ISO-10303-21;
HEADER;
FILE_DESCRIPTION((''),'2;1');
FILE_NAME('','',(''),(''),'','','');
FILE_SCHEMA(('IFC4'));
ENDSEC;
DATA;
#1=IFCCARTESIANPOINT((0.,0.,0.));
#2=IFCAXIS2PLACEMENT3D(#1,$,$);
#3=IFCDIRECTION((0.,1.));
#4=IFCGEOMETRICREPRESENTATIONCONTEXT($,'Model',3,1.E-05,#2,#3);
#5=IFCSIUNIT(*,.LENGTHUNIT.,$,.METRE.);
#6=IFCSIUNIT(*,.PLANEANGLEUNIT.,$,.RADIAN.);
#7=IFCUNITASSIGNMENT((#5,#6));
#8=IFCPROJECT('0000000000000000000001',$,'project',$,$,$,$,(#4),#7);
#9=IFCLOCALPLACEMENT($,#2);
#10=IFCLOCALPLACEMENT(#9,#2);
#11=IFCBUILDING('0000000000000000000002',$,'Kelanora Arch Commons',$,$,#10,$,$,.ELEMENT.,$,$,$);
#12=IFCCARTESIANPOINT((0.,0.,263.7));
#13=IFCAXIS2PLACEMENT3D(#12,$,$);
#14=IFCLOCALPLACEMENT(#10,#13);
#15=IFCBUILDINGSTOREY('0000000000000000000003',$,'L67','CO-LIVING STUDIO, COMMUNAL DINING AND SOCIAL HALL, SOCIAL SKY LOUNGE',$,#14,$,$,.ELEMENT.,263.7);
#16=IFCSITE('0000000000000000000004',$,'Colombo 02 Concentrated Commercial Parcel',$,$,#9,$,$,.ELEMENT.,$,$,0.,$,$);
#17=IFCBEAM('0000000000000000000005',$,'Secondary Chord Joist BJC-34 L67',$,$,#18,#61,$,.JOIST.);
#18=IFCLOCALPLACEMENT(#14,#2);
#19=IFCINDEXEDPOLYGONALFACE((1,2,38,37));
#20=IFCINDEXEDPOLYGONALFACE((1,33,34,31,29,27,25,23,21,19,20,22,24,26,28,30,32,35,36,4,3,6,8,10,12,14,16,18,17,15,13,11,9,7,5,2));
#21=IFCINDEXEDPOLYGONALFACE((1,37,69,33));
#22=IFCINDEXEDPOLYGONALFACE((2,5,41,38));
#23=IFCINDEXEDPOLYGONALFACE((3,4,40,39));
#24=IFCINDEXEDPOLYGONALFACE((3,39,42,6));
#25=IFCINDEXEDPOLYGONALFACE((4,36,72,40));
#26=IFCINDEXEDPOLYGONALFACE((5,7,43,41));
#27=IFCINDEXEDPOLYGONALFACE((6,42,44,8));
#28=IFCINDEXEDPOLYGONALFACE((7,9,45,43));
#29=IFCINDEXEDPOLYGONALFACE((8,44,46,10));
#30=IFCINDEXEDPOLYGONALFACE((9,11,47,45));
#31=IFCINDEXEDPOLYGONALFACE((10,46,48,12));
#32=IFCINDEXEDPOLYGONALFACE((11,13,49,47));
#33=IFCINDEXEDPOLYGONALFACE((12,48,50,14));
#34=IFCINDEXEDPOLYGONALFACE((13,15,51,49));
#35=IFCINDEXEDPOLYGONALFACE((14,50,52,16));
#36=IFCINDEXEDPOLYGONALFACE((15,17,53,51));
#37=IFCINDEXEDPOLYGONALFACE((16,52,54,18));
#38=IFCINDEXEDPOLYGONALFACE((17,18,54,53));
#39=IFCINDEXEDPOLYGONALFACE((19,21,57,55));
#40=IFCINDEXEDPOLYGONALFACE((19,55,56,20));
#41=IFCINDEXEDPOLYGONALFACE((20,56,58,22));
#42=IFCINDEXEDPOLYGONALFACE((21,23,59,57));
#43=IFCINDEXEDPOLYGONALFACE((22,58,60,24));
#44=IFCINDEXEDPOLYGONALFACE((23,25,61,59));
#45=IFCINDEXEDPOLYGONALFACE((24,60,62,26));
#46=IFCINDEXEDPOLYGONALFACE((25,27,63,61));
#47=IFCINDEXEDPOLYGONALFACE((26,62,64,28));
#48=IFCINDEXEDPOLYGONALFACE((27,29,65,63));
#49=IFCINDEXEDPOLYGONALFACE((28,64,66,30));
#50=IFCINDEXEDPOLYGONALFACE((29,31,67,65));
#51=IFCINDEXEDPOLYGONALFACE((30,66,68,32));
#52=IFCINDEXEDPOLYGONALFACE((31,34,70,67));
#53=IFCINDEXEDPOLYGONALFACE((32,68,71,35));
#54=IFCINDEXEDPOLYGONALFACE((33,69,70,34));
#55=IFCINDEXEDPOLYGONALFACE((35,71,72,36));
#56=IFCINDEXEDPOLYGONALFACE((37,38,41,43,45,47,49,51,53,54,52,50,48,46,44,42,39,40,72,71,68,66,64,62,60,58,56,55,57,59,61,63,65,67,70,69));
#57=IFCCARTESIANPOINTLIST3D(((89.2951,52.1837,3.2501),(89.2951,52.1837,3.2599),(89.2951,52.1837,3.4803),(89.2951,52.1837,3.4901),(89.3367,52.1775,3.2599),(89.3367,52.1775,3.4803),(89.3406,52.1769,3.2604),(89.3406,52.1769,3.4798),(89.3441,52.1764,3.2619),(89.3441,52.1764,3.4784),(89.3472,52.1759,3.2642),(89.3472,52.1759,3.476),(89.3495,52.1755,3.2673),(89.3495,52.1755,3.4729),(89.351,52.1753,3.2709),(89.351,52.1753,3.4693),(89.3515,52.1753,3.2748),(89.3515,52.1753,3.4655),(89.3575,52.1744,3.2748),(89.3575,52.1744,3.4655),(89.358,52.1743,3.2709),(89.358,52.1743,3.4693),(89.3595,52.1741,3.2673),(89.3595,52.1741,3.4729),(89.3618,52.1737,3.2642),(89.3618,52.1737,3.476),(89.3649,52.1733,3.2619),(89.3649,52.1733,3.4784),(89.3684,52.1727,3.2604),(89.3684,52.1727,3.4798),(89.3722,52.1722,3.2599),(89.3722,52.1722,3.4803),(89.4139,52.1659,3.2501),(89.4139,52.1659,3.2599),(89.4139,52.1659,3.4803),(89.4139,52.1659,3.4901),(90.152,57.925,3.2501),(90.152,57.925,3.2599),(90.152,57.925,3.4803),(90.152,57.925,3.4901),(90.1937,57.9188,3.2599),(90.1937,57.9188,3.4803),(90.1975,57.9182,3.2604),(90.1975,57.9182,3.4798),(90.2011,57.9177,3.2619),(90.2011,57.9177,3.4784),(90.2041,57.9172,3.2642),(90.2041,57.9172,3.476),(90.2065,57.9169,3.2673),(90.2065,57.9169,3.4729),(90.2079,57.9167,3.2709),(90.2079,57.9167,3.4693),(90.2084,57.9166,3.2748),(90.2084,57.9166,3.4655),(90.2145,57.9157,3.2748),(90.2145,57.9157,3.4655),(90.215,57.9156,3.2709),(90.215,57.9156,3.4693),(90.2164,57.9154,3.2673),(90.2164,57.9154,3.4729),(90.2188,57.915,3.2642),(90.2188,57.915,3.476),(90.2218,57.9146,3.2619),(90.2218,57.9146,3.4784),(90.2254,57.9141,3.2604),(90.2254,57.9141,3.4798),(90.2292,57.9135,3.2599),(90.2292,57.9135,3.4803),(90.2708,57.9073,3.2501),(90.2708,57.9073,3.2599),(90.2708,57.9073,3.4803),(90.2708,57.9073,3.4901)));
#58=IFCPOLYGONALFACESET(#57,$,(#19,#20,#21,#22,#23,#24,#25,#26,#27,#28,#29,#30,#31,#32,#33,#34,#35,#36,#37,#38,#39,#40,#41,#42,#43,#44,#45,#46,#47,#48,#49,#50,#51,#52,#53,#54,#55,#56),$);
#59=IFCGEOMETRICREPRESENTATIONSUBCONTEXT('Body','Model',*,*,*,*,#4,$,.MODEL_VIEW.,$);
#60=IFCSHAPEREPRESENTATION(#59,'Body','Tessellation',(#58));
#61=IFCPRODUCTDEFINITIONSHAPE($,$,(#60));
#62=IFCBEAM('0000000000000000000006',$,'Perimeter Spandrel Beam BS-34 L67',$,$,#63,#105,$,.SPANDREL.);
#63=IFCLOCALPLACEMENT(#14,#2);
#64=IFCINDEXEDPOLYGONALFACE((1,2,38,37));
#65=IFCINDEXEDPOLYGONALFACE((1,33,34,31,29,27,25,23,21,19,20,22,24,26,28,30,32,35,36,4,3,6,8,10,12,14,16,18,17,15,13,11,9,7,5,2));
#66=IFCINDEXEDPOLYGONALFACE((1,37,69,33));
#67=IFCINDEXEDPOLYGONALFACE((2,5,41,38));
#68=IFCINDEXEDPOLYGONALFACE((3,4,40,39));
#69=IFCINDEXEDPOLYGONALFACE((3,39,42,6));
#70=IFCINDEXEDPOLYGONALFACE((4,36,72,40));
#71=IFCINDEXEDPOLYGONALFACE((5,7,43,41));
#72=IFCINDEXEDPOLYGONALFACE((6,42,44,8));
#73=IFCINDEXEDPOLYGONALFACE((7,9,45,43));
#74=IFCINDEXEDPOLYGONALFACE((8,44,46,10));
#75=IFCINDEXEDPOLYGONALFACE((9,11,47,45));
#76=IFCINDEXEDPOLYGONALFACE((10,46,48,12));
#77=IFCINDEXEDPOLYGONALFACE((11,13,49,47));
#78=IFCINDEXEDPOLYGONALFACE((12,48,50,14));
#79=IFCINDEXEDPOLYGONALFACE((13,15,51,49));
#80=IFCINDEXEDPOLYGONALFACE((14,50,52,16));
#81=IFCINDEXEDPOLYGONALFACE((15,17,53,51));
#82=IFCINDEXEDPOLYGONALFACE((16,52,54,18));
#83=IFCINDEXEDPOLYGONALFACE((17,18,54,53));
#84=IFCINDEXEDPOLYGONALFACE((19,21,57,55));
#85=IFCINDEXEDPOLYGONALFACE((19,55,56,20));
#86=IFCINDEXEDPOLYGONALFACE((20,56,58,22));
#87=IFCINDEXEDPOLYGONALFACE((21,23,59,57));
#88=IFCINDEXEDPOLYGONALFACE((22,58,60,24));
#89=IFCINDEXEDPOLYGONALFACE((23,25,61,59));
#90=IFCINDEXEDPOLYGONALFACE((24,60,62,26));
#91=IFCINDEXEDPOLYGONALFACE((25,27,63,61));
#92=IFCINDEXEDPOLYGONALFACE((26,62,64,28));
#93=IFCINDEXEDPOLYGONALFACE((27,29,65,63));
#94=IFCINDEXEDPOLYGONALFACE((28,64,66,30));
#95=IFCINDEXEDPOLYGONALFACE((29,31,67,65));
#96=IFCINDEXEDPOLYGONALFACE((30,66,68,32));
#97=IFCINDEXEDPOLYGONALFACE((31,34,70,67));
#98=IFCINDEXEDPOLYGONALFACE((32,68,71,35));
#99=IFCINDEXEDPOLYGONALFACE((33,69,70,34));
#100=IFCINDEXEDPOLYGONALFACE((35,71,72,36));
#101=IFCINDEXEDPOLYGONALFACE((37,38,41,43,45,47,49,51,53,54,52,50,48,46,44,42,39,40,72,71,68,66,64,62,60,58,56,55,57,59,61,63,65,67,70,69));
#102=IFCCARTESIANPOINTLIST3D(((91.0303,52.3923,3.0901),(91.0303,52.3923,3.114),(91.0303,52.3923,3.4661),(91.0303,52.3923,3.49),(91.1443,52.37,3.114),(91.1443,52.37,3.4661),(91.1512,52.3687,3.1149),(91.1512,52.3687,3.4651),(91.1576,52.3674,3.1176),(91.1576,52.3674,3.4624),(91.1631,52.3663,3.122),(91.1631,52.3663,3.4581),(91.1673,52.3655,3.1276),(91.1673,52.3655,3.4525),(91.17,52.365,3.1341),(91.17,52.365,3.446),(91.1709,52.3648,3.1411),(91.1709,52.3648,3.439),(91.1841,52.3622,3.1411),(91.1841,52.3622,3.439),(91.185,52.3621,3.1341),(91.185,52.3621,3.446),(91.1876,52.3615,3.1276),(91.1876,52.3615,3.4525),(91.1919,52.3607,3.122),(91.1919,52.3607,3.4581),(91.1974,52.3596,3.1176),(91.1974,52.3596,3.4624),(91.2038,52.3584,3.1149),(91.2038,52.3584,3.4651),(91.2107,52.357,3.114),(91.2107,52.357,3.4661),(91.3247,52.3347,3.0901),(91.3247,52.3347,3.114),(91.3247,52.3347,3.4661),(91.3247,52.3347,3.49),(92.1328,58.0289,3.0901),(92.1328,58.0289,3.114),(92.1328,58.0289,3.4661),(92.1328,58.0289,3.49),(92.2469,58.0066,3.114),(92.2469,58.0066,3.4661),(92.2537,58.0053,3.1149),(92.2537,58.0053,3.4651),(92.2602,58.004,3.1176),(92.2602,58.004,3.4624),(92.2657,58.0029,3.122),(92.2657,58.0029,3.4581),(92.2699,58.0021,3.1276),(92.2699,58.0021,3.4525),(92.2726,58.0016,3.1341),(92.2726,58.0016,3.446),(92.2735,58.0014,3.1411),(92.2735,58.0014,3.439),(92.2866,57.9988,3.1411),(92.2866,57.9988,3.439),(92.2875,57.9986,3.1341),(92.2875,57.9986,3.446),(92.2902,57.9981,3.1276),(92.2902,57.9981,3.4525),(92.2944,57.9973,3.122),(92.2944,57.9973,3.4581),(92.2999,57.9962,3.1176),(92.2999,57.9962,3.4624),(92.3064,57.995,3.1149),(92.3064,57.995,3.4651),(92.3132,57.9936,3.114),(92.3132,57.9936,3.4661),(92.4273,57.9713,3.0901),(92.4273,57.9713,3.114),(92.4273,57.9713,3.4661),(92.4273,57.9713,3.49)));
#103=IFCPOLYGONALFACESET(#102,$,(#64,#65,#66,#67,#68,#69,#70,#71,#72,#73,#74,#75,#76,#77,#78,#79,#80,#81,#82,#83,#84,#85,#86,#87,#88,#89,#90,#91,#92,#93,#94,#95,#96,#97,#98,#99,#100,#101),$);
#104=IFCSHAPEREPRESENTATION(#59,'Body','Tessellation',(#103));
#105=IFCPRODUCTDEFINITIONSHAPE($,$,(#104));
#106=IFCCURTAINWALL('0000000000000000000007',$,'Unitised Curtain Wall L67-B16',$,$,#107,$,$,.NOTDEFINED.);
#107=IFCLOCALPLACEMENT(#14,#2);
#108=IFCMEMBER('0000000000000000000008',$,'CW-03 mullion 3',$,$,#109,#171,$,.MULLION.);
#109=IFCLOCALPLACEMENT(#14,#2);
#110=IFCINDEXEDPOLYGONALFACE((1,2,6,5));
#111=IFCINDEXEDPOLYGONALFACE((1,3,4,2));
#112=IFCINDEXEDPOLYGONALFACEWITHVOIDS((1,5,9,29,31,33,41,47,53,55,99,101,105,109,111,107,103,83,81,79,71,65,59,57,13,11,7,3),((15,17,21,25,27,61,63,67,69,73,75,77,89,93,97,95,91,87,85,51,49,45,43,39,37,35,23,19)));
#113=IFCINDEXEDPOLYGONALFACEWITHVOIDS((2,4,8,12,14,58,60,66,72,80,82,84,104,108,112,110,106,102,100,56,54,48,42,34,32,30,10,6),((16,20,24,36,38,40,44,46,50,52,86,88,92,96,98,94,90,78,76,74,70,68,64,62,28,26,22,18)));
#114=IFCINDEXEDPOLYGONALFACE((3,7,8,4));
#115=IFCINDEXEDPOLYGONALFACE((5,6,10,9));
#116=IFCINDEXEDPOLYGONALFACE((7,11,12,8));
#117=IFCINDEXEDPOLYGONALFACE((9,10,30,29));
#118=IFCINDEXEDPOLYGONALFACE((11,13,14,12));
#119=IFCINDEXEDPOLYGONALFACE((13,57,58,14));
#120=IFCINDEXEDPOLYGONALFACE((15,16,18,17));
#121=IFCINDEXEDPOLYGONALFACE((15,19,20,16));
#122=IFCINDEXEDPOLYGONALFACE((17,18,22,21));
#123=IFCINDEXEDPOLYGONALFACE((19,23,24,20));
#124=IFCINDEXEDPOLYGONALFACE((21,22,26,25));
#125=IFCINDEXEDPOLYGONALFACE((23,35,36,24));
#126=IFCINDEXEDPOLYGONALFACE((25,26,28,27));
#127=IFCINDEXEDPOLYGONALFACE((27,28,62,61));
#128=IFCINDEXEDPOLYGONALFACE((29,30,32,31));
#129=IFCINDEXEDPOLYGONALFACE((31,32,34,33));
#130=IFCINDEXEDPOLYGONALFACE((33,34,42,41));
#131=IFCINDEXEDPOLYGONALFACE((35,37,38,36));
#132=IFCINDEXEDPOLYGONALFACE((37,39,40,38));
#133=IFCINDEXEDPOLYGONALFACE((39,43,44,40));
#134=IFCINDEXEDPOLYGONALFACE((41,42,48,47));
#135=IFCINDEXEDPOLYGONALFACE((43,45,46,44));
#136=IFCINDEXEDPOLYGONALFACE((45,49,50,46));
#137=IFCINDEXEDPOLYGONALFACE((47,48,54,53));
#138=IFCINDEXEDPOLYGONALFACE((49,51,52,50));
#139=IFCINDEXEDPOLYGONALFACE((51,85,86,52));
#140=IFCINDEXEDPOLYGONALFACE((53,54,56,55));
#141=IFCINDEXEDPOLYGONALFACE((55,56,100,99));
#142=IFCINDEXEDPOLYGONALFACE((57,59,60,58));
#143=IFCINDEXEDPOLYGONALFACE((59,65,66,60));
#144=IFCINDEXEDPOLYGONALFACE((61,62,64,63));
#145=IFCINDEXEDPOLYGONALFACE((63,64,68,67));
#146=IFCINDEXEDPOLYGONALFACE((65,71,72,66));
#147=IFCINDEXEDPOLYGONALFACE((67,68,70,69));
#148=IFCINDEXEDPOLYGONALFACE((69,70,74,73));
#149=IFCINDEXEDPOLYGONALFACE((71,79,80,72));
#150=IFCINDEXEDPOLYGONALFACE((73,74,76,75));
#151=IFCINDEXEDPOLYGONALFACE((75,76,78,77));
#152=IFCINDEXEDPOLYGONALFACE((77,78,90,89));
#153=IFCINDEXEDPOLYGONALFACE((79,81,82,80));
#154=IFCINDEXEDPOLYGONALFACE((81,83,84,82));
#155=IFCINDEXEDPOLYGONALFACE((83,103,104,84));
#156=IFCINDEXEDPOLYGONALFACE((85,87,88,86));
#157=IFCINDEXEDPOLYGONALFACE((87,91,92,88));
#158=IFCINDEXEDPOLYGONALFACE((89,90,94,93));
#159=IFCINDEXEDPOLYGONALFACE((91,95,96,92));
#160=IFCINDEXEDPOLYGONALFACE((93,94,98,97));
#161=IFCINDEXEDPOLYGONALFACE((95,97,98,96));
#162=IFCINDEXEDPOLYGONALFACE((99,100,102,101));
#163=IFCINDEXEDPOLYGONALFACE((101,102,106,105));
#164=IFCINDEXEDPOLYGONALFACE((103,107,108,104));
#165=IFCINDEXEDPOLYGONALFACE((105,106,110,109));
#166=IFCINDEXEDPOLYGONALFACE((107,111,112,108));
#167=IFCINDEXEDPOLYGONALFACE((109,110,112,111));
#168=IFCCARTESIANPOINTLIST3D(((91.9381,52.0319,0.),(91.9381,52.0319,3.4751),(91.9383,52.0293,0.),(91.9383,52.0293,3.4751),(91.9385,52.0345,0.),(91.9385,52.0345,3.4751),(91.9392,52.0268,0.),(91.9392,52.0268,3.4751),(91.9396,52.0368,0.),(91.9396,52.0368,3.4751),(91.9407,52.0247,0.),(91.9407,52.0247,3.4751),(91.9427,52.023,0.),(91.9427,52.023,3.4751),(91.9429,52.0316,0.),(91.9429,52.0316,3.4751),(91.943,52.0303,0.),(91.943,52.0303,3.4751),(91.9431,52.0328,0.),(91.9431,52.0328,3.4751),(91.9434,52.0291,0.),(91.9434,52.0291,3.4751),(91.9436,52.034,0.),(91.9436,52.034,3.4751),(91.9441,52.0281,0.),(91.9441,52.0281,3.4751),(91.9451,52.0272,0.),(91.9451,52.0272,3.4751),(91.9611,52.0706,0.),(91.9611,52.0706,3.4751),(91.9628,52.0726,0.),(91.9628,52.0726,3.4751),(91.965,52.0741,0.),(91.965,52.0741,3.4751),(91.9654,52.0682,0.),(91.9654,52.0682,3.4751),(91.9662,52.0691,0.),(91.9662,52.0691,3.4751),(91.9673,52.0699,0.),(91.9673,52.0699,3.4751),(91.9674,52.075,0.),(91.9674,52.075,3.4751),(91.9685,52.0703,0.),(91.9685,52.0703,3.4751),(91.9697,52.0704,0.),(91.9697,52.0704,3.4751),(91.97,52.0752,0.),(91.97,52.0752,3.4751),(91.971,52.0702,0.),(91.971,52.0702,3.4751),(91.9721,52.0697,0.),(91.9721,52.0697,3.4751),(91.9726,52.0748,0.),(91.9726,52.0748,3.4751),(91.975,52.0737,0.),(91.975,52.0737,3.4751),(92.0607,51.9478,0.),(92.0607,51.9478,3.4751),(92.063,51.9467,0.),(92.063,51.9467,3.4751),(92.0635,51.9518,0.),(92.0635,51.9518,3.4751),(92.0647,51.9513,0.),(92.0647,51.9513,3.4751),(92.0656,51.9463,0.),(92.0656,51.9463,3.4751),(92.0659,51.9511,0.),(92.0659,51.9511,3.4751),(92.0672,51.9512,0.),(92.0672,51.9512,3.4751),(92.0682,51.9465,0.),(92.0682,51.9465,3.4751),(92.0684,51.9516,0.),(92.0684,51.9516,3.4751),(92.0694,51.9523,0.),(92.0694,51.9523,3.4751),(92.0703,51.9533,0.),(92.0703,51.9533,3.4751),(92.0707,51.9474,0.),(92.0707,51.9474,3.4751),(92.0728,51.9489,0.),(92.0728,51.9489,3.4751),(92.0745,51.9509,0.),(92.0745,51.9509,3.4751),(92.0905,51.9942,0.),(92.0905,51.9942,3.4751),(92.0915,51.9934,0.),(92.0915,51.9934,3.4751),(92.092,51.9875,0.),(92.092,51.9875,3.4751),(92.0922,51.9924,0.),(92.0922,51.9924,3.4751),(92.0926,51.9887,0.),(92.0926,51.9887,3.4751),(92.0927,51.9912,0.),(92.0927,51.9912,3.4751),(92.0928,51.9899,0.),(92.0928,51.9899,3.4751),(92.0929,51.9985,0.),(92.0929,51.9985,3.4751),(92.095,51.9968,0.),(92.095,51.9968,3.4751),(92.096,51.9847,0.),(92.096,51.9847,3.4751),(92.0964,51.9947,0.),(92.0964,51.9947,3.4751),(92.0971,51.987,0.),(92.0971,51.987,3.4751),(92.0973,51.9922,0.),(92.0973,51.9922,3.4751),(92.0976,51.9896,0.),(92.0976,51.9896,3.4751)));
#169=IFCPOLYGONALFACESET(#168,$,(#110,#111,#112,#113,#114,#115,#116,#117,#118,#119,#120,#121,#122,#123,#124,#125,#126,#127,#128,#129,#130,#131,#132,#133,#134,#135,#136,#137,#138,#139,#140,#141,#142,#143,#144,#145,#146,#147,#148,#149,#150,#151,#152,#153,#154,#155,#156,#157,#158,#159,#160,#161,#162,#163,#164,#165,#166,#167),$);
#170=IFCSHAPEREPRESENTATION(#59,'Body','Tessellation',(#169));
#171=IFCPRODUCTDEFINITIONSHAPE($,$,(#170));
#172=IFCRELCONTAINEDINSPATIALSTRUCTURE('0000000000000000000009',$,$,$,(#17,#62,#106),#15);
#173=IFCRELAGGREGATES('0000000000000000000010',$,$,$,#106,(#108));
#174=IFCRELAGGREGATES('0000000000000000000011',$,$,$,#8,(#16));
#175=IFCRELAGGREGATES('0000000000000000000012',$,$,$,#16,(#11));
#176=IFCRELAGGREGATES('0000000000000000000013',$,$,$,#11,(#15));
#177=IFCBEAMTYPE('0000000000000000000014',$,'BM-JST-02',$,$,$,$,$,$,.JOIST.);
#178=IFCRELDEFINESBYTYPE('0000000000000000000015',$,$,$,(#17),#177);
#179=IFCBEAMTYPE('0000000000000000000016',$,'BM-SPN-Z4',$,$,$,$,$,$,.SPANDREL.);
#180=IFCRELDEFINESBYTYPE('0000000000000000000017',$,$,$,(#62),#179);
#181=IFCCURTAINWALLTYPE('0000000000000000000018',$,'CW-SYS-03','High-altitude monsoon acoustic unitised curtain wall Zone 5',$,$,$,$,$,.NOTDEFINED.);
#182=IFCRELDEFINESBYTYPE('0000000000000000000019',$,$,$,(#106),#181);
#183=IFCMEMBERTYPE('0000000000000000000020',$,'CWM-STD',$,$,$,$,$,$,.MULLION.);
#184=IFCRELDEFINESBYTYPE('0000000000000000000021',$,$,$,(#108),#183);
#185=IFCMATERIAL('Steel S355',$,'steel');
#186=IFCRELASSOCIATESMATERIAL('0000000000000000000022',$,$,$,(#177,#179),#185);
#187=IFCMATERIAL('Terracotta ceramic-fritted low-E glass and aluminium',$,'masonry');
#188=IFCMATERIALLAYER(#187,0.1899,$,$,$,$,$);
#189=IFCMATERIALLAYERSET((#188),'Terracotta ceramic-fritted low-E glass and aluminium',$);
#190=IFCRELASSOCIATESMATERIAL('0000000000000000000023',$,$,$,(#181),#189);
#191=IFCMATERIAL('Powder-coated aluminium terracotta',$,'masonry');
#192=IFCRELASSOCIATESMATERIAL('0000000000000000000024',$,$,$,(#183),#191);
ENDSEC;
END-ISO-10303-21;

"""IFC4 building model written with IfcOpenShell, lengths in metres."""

from ifc_helpers import new_model, si_unit, direction, frame, origin, origin_2d, place, context, subcontext, project, spatial, hollow_rectangle, i_section, extrude, material, layer, layer_set, material_profile, profile_set, type_object, element, aggregate, save


model = new_model("IFC4")

# Units and contexts
model_context = context("Model", 3, precision=1e-05, world=origin(), true_north=direction((0.0, 1.0)))
body_context = subcontext(model_context, "Body", "Model", "MODEL_VIEW")
ifc_project = project(units=[si_unit("LENGTHUNIT", "METRE"), si_unit("PLANEANGLEUNIT", "RADIAN")], contexts=[model_context])

# Site, building, storey
site_placement = place(None, origin())
site = spatial("IfcSite", under=ifc_project, at=site_placement, Name="Colombo 02 Concentrated Commercial Parcel", CompositionType="ELEMENT", RefElevation=0.0)
building_placement = place(site_placement, origin())
building = spatial("IfcBuilding", under=site, at=building_placement, Name="Kelanora Arch Commons", CompositionType="ELEMENT")
storey_placement = place(building_placement, frame((0.0, 0.0, 263.7)))
storey = spatial("IfcBuildingStorey", under=building, at=storey_placement, Name="L67", Description="CO-LIVING STUDIO, COMMUNAL DINING AND SOCIAL HALL, SOCIAL SKY LOUNGE", CompositionType="ELEMENT", Elevation=263.7)

# Beams
ifc_material_1 = material(Name="Steel S355", Category="steel")
ifc_material_profile_1 = material_profile(ifc_material_1, i_section(OverallWidth=0.1201, OverallDepth=0.24, WebThickness=0.0061, FlangeThickness=0.0098, FilletRadius=0.0149, at=origin_2d()), Name="IPE240")
ifc_profile_set_1 = profile_set([ifc_material_profile_1], Name="Steel S355")
beam_type_1 = type_object("IfcBeamType", Name="BM-JST-02", PredefinedType="JOIST", material=ifc_profile_set_1)
beam_1_placement = place(storey_placement, frame((89.3545, 52.1748, 3.3701), z_axis=(0.147625, 0.989043, 0.0), x_axis=(-0.989043, 0.147625, 0.0)))
element("IfcBeam", 1, at=beam_1_placement, inside=storey, type_object=beam_type_1, Name="Secondary Chord Joist BJC-34 L67", PredefinedType="JOIST", context=body_context, shape_type="SweptSolid", body=[
    extrude(i_section(OverallWidth=0.1201, OverallDepth=0.24, WebThickness=0.0061, FlangeThickness=0.0098, FilletRadius=0.0149, at=origin_2d()), origin(), (0.0, 0.0, 1.0), 5.8049),
])
ifc_material_profile_2 = material_profile(ifc_material_1, i_section(OverallWidth=0.3, OverallDepth=0.3999, WebThickness=0.0134, FlangeThickness=0.0239, FilletRadius=0.0271, at=origin_2d()), Name="HEB400")
ifc_profile_set_2 = profile_set([ifc_material_profile_2], Name="Steel S355")
beam_type_2 = type_object("IfcBeamType", Name="BM-SPN-Z4", PredefinedType="SPANDREL", material=ifc_profile_set_2)
beam_2_placement = place(storey_placement, frame((91.1775, 52.3635, 3.29), z_axis=(0.19197, 0.981401, 0.0), x_axis=(-0.981401, 0.19197, 0.0)))
element("IfcBeam", 2, at=beam_2_placement, inside=storey, type_object=beam_type_2, Name="Perimeter Spandrel Beam BS-34 L67", PredefinedType="SPANDREL", context=body_context, shape_type="SweptSolid", body=[
    extrude(i_section(OverallWidth=0.3, OverallDepth=0.3999, WebThickness=0.0134, FlangeThickness=0.0239, FilletRadius=0.0271, at=origin_2d()), origin(), (0.0, 0.0, 1.0), 5.7434),
])

# Curtain wall, member
ifc_material_2 = material(Name="Terracotta ceramic-fritted low-E glass and aluminium", Category="masonry")
ifc_layer_1 = layer(ifc_material_2, 0.1899)
ifc_layer_set_1 = layer_set([ifc_layer_1], Name="Terracotta ceramic-fritted low-E glass and aluminium")
curtain_wall_type = type_object("IfcCurtainWallType", Name="CW-SYS-03", Description="High-altitude monsoon acoustic unitised curtain wall Zone 5", PredefinedType="NOTDEFINED", material=ifc_layer_set_1)
curtain_wall_placement = place(storey_placement, origin())
curtain_wall = element("IfcCurtainWall", 3, at=curtain_wall_placement, inside=storey, type_object=curtain_wall_type, Name="Unitised Curtain Wall L67-B16", PredefinedType="NOTDEFINED")
ifc_material_3 = material(Name="Powder-coated aluminium terracotta", Category="masonry")
ifc_material_profile_3 = material_profile(ifc_material_3, hollow_rectangle(XDim=0.1599, YDim=0.0601, WallThickness=0.0049, InnerFilletRadius=0.0049, OuterFilletRadius=0.01, at=origin_2d()), Name="CWM160x60")
ifc_profile_set_3 = profile_set([ifc_material_profile_3], Name="Powder-coated aluminium terracotta")
member_type_1 = type_object("IfcMemberType", Name="CWM-STD", PredefinedType="MULLION", material=ifc_profile_set_3)
member_1_placement = place(storey_placement, frame((92.0178, 52.0107, 0.0), z_axis=(0.0, 0.0, 1.0), x_axis=(-0.843391, 0.5373, 0.0)))
member_1 = element("IfcMember", 4, at=member_1_placement, type_object=member_type_1, Name="CW-03 mullion 3", PredefinedType="MULLION", context=body_context, shape_type="SweptSolid", body=[
    extrude(hollow_rectangle(XDim=0.1599, YDim=0.0601, WallThickness=0.0049, InnerFilletRadius=0.0049, OuterFilletRadius=0.01, at=origin_2d()), origin(), (0.0, 0.0, 1.0), 3.4751),
])
aggregate(curtain_wall, [member_1])

save(model, "model.ifc")
